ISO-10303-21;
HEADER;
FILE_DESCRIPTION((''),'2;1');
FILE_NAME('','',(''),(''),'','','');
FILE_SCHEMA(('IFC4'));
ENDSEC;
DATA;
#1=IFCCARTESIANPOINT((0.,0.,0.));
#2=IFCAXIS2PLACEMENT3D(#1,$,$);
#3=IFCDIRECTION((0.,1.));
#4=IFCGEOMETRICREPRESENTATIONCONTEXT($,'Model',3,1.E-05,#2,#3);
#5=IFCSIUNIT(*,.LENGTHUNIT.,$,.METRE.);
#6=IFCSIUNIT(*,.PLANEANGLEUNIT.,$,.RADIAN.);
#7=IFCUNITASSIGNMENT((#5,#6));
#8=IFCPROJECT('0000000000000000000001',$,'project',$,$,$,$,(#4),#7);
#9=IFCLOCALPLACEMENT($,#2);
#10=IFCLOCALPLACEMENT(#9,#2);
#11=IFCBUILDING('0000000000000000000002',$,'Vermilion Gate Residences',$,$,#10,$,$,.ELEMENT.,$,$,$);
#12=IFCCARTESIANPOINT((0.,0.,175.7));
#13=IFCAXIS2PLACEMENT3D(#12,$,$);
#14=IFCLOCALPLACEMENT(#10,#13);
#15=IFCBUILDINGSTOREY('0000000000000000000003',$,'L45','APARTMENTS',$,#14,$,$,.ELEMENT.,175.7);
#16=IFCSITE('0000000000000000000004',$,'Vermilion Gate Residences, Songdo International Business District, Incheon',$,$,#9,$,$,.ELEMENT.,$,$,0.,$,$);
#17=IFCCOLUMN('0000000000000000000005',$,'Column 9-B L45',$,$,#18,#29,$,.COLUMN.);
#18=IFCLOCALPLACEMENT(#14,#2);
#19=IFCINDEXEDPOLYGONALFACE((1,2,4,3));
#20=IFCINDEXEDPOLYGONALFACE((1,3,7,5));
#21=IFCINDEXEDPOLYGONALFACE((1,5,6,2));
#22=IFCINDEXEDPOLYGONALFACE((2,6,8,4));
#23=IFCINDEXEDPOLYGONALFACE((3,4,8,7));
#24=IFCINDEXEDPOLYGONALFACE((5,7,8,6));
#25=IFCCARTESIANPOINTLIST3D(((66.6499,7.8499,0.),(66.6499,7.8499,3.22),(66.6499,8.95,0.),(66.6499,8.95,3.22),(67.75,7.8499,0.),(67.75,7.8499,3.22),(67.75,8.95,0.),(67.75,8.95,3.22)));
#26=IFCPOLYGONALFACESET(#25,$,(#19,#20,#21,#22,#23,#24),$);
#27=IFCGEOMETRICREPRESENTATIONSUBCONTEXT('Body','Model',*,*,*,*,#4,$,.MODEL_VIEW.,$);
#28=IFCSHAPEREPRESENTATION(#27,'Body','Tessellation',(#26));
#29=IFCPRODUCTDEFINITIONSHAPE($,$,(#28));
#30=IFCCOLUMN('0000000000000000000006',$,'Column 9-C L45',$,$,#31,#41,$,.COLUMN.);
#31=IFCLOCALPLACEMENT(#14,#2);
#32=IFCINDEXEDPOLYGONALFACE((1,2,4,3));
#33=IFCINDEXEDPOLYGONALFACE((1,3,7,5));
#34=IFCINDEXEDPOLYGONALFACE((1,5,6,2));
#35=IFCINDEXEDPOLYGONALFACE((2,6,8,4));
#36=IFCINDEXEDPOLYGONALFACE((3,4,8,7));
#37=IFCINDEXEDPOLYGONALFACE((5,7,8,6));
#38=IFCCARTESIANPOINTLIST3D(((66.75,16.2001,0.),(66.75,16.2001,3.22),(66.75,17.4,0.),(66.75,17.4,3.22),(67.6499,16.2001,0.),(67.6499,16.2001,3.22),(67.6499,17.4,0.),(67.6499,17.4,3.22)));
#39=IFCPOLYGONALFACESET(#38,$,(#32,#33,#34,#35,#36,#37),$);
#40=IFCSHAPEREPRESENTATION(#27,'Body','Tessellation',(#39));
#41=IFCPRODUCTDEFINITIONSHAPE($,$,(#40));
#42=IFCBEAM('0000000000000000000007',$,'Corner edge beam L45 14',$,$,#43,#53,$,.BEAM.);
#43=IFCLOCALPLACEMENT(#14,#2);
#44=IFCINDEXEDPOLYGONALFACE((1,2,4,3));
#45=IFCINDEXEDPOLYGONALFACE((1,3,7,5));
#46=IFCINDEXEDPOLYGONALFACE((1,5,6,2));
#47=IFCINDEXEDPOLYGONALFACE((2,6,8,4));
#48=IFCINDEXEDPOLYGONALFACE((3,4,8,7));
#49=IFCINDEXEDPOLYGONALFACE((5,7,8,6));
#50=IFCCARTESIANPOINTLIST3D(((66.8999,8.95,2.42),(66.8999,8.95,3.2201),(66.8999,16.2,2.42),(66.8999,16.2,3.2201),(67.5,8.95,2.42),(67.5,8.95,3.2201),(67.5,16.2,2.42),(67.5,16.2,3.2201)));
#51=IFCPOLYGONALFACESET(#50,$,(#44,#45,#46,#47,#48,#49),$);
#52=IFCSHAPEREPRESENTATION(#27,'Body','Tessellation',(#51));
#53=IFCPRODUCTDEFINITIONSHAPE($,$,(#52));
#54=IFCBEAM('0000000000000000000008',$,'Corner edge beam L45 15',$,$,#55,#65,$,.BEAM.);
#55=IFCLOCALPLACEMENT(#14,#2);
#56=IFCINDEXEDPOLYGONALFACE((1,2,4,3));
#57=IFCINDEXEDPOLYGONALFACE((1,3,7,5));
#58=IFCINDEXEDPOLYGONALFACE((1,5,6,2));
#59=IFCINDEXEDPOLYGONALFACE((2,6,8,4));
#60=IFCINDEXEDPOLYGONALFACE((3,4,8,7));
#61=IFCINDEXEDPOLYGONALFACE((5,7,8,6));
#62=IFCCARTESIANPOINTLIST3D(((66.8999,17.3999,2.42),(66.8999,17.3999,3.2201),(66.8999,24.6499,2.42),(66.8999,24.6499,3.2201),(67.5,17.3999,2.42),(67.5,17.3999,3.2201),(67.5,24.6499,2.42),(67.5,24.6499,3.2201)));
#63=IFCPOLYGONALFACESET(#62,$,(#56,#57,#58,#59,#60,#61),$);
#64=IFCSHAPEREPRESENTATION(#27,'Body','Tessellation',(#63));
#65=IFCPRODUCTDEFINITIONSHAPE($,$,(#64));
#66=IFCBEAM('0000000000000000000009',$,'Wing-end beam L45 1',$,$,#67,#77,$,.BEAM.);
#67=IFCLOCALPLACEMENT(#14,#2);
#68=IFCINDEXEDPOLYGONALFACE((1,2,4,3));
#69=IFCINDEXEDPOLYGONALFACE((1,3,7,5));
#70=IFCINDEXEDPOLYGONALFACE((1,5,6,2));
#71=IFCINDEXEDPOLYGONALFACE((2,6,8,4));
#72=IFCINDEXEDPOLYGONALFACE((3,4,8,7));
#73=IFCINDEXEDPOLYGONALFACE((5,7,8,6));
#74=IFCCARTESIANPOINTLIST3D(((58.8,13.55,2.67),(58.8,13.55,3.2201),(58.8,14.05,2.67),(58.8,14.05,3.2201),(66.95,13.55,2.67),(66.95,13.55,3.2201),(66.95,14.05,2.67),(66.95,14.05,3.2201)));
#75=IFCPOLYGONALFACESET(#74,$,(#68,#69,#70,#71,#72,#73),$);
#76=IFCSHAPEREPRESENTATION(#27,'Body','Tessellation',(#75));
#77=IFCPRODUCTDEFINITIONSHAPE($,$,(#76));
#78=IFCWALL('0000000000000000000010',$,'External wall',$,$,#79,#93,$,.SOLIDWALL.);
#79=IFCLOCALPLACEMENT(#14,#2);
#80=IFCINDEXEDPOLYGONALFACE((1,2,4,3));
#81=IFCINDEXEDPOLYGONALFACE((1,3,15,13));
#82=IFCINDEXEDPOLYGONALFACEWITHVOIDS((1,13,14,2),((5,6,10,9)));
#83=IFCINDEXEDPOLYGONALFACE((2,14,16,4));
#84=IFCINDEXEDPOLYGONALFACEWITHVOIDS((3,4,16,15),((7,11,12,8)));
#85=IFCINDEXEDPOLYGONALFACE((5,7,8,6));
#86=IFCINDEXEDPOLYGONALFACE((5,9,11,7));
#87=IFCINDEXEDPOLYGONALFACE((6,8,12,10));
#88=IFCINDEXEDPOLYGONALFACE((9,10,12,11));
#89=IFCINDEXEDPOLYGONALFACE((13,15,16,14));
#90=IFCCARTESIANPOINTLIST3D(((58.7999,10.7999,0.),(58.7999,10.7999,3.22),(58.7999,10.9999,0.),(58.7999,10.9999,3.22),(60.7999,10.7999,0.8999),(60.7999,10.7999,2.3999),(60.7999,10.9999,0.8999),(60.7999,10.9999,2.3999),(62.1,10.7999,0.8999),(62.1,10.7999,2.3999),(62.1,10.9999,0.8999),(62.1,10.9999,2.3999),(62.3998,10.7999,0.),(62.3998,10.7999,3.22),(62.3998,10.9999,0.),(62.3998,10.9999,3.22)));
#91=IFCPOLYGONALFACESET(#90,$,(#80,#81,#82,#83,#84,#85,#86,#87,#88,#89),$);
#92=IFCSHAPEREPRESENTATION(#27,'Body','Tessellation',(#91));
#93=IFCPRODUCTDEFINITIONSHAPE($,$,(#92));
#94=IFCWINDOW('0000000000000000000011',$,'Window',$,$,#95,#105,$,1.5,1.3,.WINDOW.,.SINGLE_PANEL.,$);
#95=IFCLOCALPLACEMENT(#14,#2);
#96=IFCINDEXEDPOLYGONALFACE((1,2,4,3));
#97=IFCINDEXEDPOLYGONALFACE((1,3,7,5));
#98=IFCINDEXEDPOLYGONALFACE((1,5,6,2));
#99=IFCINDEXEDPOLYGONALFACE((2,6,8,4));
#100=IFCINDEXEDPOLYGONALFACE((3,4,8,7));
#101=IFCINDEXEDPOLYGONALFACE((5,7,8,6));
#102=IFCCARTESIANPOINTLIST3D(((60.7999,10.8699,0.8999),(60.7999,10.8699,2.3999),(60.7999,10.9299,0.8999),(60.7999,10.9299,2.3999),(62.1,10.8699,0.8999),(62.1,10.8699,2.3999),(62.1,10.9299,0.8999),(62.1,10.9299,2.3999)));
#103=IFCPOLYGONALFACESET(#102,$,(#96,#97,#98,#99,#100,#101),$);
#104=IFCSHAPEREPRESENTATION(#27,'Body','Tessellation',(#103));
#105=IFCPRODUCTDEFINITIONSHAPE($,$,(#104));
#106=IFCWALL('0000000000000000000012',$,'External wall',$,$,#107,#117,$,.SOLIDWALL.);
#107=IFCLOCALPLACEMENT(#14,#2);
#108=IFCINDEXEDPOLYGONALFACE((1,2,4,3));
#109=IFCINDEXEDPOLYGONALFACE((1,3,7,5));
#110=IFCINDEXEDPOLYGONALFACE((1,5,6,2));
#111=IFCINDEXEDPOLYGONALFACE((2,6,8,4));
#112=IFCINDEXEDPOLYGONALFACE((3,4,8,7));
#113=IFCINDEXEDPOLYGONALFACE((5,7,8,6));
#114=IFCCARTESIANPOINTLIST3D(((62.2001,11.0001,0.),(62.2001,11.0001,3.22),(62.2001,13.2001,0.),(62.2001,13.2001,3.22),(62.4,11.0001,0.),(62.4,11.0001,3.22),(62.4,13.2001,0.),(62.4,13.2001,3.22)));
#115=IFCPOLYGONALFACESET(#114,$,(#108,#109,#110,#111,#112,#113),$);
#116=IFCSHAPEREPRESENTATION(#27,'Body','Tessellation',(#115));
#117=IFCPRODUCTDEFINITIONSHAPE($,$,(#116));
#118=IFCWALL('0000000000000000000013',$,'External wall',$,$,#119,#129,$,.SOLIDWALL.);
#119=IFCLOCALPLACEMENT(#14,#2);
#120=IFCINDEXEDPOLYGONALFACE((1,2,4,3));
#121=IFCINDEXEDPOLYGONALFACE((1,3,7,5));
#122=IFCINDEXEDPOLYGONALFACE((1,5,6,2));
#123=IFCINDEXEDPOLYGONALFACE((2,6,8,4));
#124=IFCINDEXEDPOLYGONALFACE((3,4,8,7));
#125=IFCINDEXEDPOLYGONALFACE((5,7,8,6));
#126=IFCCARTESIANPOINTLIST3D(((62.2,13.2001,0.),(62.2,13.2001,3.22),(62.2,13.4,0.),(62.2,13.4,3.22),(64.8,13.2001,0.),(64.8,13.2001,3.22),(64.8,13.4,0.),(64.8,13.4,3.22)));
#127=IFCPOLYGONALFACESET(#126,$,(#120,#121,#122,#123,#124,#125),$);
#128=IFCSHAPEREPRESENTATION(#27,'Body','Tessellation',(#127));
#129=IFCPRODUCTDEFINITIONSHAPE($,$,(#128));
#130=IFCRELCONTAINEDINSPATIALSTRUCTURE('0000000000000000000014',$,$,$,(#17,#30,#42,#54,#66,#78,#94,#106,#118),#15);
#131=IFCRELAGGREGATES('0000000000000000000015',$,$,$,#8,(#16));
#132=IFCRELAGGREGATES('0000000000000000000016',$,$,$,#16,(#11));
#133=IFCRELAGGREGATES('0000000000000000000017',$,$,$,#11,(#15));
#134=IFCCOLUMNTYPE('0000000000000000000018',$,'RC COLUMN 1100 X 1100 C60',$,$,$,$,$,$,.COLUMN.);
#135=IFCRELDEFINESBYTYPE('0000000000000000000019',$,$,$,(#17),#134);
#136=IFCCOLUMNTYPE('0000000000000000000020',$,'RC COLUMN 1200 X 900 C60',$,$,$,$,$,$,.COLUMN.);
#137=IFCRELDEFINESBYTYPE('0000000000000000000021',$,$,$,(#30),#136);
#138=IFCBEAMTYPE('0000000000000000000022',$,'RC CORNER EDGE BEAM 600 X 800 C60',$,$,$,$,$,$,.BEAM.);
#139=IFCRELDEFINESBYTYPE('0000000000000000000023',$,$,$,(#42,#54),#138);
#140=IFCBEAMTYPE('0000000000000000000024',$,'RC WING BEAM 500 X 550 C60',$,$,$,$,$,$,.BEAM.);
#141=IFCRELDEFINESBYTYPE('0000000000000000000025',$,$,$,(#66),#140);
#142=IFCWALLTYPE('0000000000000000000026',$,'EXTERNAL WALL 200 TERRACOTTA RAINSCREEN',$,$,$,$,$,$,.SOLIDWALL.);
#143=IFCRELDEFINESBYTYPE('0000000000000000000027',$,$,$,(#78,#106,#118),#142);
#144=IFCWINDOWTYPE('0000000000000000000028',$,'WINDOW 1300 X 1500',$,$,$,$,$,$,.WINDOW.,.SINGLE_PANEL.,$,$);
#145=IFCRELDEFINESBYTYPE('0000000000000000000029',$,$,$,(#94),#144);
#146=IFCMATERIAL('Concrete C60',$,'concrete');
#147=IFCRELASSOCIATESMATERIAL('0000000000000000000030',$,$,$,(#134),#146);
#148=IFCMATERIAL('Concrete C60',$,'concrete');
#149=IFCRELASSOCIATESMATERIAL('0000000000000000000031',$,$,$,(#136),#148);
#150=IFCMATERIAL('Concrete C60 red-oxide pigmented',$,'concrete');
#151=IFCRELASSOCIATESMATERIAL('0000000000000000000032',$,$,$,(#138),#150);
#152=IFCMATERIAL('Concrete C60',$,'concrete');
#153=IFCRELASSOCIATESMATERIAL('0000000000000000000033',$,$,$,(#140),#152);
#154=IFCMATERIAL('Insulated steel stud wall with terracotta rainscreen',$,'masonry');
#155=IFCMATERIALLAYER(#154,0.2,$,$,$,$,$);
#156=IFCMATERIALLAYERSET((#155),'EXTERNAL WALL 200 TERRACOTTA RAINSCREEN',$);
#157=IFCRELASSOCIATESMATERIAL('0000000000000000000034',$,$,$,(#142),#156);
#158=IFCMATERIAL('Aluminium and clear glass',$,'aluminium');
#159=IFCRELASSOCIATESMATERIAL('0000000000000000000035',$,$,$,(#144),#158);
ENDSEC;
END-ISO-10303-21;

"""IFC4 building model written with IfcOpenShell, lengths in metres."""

from ifc_helpers import new_model, si_unit, direction, frame, frame_2d, origin, origin_2d, place, context, subcontext, project, spatial, rectangle, extrude, material, layer, layer_set, material_profile, profile_set, type_object, element, fill, save


model = new_model("IFC4")

# Units and contexts
model_context = context("Model", 3, precision=1e-05, world=origin(), true_north=direction((0.0, 1.0)))
body_context = subcontext(model_context, "Body", "Model", "MODEL_VIEW")
ifc_project = project(units=[si_unit("LENGTHUNIT", "METRE"), si_unit("PLANEANGLEUNIT", "RADIAN")], contexts=[model_context])

# Site, building, storey
site_placement = place(None, origin())
site = spatial("IfcSite", under=ifc_project, at=site_placement, Name="Vermilion Gate Residences, Songdo International Business District, Incheon", CompositionType="ELEMENT", RefElevation=0.0)
building_placement = place(site_placement, origin())
building = spatial("IfcBuilding", under=site, at=building_placement, Name="Vermilion Gate Residences", CompositionType="ELEMENT")
storey_placement = place(building_placement, frame((0.0, 0.0, 175.7)))
storey = spatial("IfcBuildingStorey", under=building, at=storey_placement, Name="L45", Description="APARTMENTS", CompositionType="ELEMENT", Elevation=175.7)

# Columns
ifc_material_1 = material(Name="Concrete C60", Category="concrete")
ifc_material_profile_1 = material_profile(ifc_material_1, rectangle(XDim=1.1001, YDim=1.1001, at=origin_2d()), Name="RC-1100x1100")
ifc_profile_set_1 = profile_set([ifc_material_profile_1], Name="Concrete C60")
column_type_1 = type_object("IfcColumnType", Name="RC COLUMN 1100 X 1100 C60", PredefinedType="COLUMN", material=ifc_profile_set_1)
column_1_placement = place(storey_placement, frame((67.2, 8.3999, 0.0), z_axis=(0.0, 0.0, 1.0), x_axis=(1.0, 0.0, 0.0)))
element("IfcColumn", 1, at=column_1_placement, inside=storey, type_object=column_type_1, Name="Column 9-B L45", PredefinedType="COLUMN", context=body_context, shape_type="SweptSolid", body=[
    extrude(rectangle(XDim=1.1001, YDim=1.1001, at=origin_2d()), origin(), (0.0, 0.0, 1.0), 3.22),
])
ifc_material_2 = material(Name="Concrete C60", Category="concrete")
ifc_material_profile_2 = material_profile(ifc_material_2, rectangle(XDim=1.2, YDim=0.8999, at=origin_2d()), Name="RC-1200x900")
ifc_profile_set_2 = profile_set([ifc_material_profile_2], Name="Concrete C60")
column_type_2 = type_object("IfcColumnType", Name="RC COLUMN 1200 X 900 C60", PredefinedType="COLUMN", material=ifc_profile_set_2)
column_2_placement = place(storey_placement, frame((67.2, 16.8, 0.0), z_axis=(0.0, 0.0, 1.0), x_axis=(0.0, 1.0, 0.0)))
element("IfcColumn", 2, at=column_2_placement, inside=storey, type_object=column_type_2, Name="Column 9-C L45", PredefinedType="COLUMN", context=body_context, shape_type="SweptSolid", body=[
    extrude(rectangle(XDim=1.2, YDim=0.8999, at=origin_2d()), origin(), (0.0, 0.0, 1.0), 3.22),
])

# Beams
ifc_material_3 = material(Name="Concrete C60 red-oxide pigmented", Category="concrete")
ifc_material_profile_3 = material_profile(ifc_material_3, rectangle(XDim=0.6001, YDim=0.8, at=origin_2d()), Name="RC-600x800")
ifc_profile_set_3 = profile_set([ifc_material_profile_3], Name="Concrete C60 red-oxide pigmented")
beam_type_1 = type_object("IfcBeamType", Name="RC CORNER EDGE BEAM 600 X 800 C60", PredefinedType="BEAM", material=ifc_profile_set_3)
for number, where, z_axis, x_axis, name in (
    (3, (67.2, 8.95, 2.8201), (0.0, 1.0, 0.0), (-1.0, 0.0, 0.0), "Corner edge beam L45 14"),
    (4, (67.2, 17.3999, 2.8201), (0.0, 1.0, 0.0), (-1.0, 0.0, 0.0), "Corner edge beam L45 15"),
):
    element("IfcBeam", number, at=place(storey_placement, frame(where, z_axis=z_axis, x_axis=x_axis)), inside=storey, type_object=beam_type_1, Name=name, PredefinedType="BEAM", context=body_context, shape_type="SweptSolid", body=[
        extrude(rectangle(XDim=0.6001, YDim=0.8, at=origin_2d()), origin(), (0.0, 0.0, 1.0), 7.25),
    ])
ifc_material_4 = material(Name="Concrete C60", Category="concrete")
ifc_material_profile_4 = material_profile(ifc_material_4, rectangle(XDim=0.5, YDim=0.55, at=origin_2d()), Name="RC-500x550")
ifc_profile_set_4 = profile_set([ifc_material_profile_4], Name="Concrete C60")
beam_type_2 = type_object("IfcBeamType", Name="RC WING BEAM 500 X 550 C60", PredefinedType="BEAM", material=ifc_profile_set_4)
beam_placement = place(storey_placement, frame((58.8, 13.8, 2.9451), z_axis=(1.0, 0.0, 0.0), x_axis=(0.0, 1.0, 0.0)))
element("IfcBeam", 5, at=beam_placement, inside=storey, type_object=beam_type_2, Name="Wing-end beam L45 1", PredefinedType="BEAM", context=body_context, shape_type="SweptSolid", body=[
    extrude(rectangle(XDim=0.5, YDim=0.55, at=origin_2d()), origin(), (0.0, 0.0, 1.0), 8.1499),
])

# Wall, opening, window
ifc_material_5 = material(Name="Insulated steel stud wall with terracotta rainscreen", Category="masonry")
ifc_layer_1 = layer(ifc_material_5, 0.2)
ifc_layer_set_1 = layer_set([ifc_layer_1], Name="EXTERNAL WALL 200 TERRACOTTA RAINSCREEN")
wall_type_1 = type_object("IfcWallType", Name="EXTERNAL WALL 200 TERRACOTTA RAINSCREEN", PredefinedType="SOLIDWALL", material=ifc_layer_set_1)
wall_1_placement = place(storey_placement, frame((58.8, 10.8999, 0.0), z_axis=(0.0, 0.0, 1.0), x_axis=(1.0, 0.0, 0.0)))
wall_1 = element("IfcWall", 6, at=wall_1_placement, inside=storey, type_object=wall_type_1, Name="External wall", PredefinedType="SOLIDWALL", context=body_context, shape_type="SweptSolid", body=[
    extrude(rectangle(XDim=3.5999, YDim=0.2, at=frame_2d((1.7998, 0.0))), origin(), (0.0, 0.0, 1.0), 3.22),
])
opening_1_placement = place(wall_1_placement, frame((2.0, 0.0, 0.8999)))
opening_1 = element("IfcOpeningElement", 7, at=opening_1_placement, cuts=wall_1, PredefinedType="OPENING", context=body_context, shape_type="SweptSolid", body=[
    extrude(rectangle(XDim=1.3, YDim=1.5, at=frame_2d((0.6499, 0.75))), frame((0.0, 0.1099, 0.0), z_axis=(0.0, -1.0, 0.0), x_axis=(1.0, 0.0, 0.0)), (0.0, 0.0, 1.0), 0.22),
])
ifc_material_6 = material(Name="Aluminium and clear glass", Category="aluminium")
window_type_1 = type_object("IfcWindowType", Name="WINDOW 1300 X 1500", PartitioningType="SINGLE_PANEL", PredefinedType="WINDOW", material=ifc_material_6)
window_1_placement = place(opening_1_placement, origin())
window_1 = element("IfcWindow", 8, at=window_1_placement, inside=storey, type_object=window_type_1, Name="Window", OverallHeight=1.5, OverallWidth=1.3, PartitioningType="SINGLE_PANEL", PredefinedType="WINDOW", context=body_context, shape_type="SweptSolid", body=[
    extrude(rectangle(XDim=1.3, YDim=1.5, at=frame_2d((0.6499, 0.75))), frame((0.0, 0.03, 0.0), z_axis=(0.0, -1.0, 0.0), x_axis=(1.0, 0.0, 0.0)), (0.0, 0.0, 1.0), 0.0601),
])
fill(opening_1, window_1)

# Walls
wall_2_placement = place(storey_placement, frame((62.3, 11.0, 0.0), z_axis=(0.0, 0.0, 1.0), x_axis=(0.0, 1.0, 0.0)))
element("IfcWall", 9, at=wall_2_placement, inside=storey, type_object=wall_type_1, Name="External wall", PredefinedType="SOLIDWALL", context=body_context, shape_type="SweptSolid", body=[
    extrude(rectangle(XDim=2.2, YDim=0.2, at=frame_2d((1.1001, 0.0))), origin(), (0.0, 0.0, 1.0), 3.22),
])
wall_3_placement = place(storey_placement, frame((62.2, 13.3, 0.0), z_axis=(0.0, 0.0, 1.0), x_axis=(1.0, 0.0, 0.0)))
element("IfcWall", 10, at=wall_3_placement, inside=storey, type_object=wall_type_1, Name="External wall", PredefinedType="SOLIDWALL", context=body_context, shape_type="SweptSolid", body=[
    extrude(rectangle(XDim=2.6001, YDim=0.2, at=frame_2d((1.3, 0.0))), origin(), (0.0, 0.0, 1.0), 3.22),
])

save(model, "model.ifc")
